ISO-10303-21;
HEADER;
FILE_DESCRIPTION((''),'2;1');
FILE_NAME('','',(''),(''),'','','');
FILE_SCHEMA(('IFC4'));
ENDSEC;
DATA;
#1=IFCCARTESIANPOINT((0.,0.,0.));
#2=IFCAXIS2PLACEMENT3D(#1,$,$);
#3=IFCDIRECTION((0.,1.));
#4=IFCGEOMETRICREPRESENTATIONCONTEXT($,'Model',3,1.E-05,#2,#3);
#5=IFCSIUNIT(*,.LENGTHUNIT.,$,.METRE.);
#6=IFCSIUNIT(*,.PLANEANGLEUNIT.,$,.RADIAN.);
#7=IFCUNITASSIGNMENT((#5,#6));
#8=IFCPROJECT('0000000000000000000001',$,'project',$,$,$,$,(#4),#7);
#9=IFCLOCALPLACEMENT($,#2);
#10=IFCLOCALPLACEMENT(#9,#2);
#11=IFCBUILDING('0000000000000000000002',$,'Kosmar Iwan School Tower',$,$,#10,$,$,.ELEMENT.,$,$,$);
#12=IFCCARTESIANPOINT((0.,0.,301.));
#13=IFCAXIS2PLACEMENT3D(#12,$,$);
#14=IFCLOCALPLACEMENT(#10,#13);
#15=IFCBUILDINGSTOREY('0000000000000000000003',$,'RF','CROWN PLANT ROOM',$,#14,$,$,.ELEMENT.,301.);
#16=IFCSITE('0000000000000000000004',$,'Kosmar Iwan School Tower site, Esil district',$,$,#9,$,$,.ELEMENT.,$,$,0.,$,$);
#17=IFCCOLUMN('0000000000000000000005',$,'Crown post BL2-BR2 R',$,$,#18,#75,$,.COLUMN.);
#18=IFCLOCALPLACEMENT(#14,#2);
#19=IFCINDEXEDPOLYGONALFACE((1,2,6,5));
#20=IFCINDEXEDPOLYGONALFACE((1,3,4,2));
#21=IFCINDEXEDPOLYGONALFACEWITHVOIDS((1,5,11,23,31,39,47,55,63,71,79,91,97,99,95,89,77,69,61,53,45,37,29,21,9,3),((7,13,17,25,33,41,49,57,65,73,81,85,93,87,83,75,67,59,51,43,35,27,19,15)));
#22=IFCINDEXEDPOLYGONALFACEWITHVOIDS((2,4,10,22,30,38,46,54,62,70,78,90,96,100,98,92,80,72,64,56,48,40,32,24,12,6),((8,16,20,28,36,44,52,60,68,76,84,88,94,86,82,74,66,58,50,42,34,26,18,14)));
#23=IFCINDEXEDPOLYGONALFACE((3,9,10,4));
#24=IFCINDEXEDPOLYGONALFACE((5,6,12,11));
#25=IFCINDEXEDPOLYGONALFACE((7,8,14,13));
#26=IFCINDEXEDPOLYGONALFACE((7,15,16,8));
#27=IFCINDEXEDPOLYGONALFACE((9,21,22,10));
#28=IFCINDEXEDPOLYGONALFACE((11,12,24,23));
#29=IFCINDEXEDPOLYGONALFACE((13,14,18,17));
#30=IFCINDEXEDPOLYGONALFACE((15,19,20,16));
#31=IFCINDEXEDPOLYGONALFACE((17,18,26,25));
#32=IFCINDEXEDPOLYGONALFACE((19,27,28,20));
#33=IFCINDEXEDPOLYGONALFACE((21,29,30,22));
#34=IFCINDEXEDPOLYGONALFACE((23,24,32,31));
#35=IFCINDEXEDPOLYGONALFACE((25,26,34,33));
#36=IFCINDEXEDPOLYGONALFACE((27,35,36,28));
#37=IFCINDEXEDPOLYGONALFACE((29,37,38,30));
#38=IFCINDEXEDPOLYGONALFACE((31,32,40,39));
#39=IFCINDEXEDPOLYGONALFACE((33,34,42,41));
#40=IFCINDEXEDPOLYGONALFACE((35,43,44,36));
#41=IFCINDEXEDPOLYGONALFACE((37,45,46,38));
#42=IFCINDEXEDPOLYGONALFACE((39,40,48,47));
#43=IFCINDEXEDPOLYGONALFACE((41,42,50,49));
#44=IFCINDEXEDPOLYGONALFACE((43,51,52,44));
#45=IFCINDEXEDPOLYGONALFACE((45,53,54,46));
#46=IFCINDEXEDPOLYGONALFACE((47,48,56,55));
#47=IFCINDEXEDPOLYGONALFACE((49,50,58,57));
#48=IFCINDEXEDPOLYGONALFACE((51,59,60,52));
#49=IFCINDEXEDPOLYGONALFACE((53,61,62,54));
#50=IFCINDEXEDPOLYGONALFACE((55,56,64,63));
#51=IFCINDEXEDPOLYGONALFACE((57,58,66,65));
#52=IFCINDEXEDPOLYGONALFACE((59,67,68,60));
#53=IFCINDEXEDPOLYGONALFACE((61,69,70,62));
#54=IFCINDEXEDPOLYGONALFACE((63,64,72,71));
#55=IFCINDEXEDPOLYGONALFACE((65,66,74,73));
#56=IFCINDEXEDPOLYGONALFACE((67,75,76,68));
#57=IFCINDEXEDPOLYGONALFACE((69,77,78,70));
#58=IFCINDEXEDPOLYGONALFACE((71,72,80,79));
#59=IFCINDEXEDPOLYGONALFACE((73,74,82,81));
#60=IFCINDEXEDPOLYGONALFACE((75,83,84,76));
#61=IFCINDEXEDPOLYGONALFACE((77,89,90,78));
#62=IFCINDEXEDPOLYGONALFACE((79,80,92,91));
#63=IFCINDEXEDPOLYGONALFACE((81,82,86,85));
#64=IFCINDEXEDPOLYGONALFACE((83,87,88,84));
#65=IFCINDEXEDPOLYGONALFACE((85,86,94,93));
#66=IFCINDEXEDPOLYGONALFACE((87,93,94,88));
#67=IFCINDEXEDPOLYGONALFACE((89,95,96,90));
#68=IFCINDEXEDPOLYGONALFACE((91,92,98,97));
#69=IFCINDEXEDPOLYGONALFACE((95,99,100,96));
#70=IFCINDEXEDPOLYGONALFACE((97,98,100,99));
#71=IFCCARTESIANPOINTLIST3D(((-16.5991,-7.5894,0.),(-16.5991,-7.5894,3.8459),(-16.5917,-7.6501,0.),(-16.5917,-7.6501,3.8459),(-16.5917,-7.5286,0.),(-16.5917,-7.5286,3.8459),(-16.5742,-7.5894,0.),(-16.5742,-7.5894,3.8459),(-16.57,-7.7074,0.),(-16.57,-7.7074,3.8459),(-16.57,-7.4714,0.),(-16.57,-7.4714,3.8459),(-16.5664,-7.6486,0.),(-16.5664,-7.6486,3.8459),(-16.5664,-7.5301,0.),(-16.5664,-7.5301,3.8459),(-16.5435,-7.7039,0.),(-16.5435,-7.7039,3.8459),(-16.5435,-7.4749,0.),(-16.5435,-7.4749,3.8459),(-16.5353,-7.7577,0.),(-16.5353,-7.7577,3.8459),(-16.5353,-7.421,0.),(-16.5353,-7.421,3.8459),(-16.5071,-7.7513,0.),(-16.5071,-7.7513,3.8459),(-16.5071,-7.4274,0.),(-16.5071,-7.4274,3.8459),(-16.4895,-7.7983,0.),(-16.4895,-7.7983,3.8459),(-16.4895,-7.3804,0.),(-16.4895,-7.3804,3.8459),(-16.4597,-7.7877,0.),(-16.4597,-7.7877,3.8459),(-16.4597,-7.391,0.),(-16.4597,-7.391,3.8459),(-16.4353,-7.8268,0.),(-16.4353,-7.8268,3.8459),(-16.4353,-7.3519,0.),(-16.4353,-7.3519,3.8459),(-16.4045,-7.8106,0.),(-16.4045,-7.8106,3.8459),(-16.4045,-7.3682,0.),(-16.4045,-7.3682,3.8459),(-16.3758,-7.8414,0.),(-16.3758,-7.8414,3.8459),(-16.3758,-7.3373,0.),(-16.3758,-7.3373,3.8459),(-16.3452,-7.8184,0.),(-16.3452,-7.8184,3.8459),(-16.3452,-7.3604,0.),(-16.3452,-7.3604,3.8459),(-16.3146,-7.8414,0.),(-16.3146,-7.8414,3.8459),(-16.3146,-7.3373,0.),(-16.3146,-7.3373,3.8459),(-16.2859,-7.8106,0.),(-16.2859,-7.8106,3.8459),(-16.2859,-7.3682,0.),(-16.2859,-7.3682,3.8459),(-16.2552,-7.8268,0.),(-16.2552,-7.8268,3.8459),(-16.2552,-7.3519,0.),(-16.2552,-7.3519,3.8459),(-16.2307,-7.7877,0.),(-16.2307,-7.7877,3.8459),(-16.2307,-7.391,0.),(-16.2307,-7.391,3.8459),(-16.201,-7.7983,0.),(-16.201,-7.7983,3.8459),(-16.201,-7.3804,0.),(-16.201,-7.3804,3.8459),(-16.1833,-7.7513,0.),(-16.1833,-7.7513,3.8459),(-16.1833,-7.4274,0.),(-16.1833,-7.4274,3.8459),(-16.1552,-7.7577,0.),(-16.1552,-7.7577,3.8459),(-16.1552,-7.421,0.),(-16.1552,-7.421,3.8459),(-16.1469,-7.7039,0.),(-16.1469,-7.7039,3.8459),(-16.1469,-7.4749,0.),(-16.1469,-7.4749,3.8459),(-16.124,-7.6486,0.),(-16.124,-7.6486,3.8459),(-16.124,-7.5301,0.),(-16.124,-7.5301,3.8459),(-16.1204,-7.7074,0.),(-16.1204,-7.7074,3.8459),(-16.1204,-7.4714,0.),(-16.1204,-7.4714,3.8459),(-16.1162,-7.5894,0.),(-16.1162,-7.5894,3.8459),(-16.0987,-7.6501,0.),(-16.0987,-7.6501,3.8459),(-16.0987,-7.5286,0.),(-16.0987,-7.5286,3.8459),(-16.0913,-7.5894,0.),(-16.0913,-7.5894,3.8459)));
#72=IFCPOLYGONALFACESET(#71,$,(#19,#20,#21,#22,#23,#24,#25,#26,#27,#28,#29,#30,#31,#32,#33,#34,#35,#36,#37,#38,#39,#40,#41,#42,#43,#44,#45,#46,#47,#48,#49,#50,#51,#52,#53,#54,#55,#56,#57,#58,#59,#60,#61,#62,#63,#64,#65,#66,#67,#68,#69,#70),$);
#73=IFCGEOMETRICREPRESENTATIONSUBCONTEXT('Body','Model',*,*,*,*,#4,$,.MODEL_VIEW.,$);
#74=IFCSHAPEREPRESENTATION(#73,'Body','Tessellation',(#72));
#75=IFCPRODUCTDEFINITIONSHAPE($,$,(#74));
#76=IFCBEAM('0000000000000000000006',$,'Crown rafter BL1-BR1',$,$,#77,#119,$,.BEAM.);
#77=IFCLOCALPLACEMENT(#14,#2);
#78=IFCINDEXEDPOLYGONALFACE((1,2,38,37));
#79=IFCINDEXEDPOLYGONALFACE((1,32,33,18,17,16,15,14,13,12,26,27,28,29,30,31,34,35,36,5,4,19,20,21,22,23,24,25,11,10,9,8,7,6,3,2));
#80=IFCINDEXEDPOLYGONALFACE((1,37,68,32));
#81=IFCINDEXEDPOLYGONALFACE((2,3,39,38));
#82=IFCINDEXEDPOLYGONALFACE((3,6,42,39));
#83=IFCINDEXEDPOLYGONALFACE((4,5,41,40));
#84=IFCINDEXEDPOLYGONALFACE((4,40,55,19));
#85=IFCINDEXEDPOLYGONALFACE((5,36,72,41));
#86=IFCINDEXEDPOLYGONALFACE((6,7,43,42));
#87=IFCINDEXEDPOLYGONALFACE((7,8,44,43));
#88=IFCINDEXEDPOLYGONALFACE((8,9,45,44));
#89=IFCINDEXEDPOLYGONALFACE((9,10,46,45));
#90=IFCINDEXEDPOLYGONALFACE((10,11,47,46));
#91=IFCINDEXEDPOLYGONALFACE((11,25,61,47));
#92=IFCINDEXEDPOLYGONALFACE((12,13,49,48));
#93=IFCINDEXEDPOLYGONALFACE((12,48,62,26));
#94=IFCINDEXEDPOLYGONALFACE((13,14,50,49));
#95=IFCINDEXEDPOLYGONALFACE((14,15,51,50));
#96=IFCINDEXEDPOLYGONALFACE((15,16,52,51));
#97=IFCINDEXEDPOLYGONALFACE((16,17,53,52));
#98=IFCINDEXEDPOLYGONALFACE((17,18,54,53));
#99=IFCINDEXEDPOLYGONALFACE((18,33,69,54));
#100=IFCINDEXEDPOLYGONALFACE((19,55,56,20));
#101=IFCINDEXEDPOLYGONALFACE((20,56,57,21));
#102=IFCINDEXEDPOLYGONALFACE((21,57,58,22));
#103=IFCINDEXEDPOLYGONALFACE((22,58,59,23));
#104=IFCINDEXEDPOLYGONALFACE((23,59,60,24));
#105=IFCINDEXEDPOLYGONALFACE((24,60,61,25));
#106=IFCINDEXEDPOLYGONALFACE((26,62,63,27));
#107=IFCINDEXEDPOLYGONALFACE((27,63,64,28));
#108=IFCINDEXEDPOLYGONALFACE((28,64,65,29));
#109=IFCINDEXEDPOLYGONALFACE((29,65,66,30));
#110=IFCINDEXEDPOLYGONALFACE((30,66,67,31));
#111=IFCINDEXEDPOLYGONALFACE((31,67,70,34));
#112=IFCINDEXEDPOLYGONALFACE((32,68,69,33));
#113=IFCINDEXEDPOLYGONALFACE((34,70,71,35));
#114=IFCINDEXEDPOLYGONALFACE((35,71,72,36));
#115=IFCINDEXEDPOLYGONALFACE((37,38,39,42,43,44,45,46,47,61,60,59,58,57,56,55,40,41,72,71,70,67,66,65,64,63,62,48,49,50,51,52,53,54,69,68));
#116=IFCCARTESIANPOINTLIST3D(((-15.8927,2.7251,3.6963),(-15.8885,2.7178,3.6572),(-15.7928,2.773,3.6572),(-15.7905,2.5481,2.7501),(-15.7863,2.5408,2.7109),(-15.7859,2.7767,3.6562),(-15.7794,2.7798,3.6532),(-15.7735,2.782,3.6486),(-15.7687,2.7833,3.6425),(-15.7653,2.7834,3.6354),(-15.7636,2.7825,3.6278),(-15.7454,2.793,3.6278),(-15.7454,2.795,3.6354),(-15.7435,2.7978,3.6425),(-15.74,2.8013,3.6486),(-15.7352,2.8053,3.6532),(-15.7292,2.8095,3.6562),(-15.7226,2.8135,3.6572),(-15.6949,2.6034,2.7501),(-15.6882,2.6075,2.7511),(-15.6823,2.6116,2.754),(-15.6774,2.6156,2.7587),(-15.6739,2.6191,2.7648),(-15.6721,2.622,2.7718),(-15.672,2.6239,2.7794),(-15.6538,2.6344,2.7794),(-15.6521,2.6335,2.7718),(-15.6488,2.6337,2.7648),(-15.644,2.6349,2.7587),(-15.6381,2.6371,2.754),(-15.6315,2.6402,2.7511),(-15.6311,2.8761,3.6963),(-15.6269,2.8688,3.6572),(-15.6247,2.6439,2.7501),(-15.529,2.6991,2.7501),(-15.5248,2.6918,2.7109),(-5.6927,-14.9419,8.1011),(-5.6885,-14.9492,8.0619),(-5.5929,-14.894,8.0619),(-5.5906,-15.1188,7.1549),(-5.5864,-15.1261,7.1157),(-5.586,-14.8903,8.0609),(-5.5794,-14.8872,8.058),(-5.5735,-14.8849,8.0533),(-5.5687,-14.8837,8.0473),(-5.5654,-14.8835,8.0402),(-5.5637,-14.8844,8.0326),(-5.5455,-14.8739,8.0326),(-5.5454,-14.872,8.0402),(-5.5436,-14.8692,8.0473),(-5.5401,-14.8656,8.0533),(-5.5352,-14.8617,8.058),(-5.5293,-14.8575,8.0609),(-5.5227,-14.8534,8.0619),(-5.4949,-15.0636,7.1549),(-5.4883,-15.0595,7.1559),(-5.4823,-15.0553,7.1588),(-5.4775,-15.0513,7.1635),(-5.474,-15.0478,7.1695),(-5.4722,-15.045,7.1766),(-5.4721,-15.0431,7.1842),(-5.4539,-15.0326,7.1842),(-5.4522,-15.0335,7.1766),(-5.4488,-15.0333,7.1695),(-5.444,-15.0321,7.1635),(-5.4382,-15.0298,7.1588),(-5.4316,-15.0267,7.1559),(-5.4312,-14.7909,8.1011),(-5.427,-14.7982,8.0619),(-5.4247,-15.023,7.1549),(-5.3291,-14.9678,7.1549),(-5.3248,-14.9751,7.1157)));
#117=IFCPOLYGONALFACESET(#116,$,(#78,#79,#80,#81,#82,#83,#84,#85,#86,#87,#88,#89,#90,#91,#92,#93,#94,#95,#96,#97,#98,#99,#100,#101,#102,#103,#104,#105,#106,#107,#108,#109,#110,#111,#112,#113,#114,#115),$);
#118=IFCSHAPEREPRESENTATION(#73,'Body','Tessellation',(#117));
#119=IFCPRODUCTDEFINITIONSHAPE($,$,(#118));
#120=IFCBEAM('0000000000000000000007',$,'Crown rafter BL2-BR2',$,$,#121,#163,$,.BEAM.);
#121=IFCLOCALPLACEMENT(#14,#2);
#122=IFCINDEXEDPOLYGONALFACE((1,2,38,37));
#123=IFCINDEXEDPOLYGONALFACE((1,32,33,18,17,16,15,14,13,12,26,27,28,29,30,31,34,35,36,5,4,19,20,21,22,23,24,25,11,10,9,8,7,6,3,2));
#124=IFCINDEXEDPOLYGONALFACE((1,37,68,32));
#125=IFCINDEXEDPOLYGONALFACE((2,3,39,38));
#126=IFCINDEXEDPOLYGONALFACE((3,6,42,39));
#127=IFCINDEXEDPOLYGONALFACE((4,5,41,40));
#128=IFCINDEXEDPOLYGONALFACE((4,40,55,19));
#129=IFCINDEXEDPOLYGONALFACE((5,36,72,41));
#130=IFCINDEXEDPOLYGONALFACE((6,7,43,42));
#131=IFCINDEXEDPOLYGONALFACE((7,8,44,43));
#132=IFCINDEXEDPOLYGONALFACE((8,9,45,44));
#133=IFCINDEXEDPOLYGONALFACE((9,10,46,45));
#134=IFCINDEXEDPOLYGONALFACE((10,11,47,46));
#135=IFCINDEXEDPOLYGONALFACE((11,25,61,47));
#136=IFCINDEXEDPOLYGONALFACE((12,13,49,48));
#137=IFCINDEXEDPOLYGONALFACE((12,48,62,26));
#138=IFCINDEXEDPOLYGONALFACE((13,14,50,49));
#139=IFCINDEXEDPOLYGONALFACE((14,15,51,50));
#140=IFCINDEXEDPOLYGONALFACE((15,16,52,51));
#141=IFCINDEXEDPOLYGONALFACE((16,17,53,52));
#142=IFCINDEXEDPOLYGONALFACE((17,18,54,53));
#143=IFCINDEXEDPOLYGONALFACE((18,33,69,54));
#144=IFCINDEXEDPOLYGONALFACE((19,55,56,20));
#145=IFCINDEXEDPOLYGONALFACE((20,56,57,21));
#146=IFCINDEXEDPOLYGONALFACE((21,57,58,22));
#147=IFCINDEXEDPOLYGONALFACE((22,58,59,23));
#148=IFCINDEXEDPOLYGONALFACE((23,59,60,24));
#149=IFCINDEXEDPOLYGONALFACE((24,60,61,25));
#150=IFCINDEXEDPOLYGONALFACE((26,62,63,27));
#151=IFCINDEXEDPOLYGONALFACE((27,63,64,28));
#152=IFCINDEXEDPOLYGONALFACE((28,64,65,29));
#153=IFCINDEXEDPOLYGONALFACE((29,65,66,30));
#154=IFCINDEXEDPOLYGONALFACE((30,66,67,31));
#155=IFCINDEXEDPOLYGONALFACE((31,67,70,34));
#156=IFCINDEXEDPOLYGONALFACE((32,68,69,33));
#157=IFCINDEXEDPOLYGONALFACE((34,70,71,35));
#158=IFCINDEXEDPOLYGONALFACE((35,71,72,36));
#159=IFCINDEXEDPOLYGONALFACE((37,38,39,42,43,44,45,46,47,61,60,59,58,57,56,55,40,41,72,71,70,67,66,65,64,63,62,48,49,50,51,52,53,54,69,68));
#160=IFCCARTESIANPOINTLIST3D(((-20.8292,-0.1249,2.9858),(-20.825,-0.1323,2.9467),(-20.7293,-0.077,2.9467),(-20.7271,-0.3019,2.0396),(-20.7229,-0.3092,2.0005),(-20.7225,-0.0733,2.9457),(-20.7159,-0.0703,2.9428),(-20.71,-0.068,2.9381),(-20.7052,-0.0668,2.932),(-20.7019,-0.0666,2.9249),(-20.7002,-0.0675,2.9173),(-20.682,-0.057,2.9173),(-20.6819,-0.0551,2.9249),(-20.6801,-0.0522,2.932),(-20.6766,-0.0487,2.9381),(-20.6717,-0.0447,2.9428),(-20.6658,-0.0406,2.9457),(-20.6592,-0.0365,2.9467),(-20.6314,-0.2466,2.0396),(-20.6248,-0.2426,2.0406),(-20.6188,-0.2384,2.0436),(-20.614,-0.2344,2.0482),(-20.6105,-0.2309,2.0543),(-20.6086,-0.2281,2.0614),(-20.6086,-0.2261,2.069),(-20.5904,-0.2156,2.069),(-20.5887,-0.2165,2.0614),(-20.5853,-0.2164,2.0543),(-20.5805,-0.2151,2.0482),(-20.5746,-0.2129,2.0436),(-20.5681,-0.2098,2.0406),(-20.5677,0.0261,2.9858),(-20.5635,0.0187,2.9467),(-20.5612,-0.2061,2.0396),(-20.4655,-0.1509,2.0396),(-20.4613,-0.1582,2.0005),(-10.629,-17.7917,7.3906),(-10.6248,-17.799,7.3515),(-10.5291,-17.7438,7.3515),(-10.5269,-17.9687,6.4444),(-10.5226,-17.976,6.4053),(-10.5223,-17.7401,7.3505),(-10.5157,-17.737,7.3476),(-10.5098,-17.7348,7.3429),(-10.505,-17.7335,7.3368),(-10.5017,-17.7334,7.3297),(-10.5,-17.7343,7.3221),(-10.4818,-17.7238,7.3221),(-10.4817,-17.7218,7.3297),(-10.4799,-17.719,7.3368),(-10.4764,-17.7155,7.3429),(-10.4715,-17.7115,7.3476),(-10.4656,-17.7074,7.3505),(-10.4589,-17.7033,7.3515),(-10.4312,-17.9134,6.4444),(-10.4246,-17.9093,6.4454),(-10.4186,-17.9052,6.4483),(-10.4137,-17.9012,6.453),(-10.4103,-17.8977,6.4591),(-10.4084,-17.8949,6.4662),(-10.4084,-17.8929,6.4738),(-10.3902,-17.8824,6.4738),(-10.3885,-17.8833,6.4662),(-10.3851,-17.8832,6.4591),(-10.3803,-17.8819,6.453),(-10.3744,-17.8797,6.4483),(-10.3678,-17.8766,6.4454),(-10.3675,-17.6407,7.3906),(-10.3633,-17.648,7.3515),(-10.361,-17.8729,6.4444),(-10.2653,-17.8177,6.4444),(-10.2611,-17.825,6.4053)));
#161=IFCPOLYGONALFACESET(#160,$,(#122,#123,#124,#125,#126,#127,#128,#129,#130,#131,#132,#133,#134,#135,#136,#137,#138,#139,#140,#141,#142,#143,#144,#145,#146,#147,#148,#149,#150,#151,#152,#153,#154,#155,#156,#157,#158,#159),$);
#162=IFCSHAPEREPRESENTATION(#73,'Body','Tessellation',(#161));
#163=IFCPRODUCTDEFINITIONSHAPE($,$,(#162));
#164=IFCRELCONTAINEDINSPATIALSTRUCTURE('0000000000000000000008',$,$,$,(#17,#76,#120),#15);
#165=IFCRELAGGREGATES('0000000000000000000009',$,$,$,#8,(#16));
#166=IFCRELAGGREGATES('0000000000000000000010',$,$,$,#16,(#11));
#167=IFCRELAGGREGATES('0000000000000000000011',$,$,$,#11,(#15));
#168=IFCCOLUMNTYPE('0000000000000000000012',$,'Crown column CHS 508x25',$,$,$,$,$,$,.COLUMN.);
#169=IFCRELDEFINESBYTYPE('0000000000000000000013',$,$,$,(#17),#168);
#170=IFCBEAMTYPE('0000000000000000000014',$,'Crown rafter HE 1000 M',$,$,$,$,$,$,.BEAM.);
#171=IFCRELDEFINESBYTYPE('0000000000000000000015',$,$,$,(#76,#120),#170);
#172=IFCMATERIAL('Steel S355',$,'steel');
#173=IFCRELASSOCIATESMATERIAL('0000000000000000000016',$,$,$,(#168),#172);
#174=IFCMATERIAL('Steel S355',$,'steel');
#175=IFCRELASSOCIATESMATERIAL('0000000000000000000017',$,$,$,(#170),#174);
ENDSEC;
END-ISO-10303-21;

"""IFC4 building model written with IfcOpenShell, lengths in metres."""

from ifc_helpers import new_model, si_unit, direction, frame, origin, origin_2d, place, context, subcontext, project, spatial, hollow_circle, i_section, extrude, material, material_profile, profile_set, type_object, element, save


model = new_model("IFC4")

# Units and contexts
model_context = context("Model", 3, precision=1e-05, world=origin(), true_north=direction((0.0, 1.0)))
body_context = subcontext(model_context, "Body", "Model", "MODEL_VIEW")
ifc_project = project(units=[si_unit("LENGTHUNIT", "METRE"), si_unit("PLANEANGLEUNIT", "RADIAN")], contexts=[model_context])

# Site, building, storey
site_placement = place(None, origin())
site = spatial("IfcSite", under=ifc_project, at=site_placement, Name="Kosmar Iwan School Tower site, Esil district", CompositionType="ELEMENT", RefElevation=0.0)
building_placement = place(site_placement, origin())
building = spatial("IfcBuilding", under=site, at=building_placement, Name="Kosmar Iwan School Tower", CompositionType="ELEMENT")
storey_placement = place(building_placement, frame((0.0, 0.0, 301.0)))
storey = spatial("IfcBuildingStorey", under=building, at=storey_placement, Name="RF", Description="CROWN PLANT ROOM", CompositionType="ELEMENT", Elevation=301.0)

# Column
ifc_material_1 = material(Name="Steel S355", Category="steel")
ifc_material_profile_1 = material_profile(ifc_material_1, hollow_circle(Radius=0.2539, WallThickness=0.0249, at=origin_2d()), Name="CHS 508x25")
ifc_profile_set_1 = profile_set([ifc_material_profile_1], Name="Steel S355")
column_type = type_object("IfcColumnType", Name="Crown column CHS 508x25", PredefinedType="COLUMN", material=ifc_profile_set_1)
column_1_placement = place(storey_placement, frame((-16.3452, -7.5894, 0.0), z_axis=(0.0, 0.0, 1.0), x_axis=(1.0, 0.0, 0.0)))
element("IfcColumn", 1, at=column_1_placement, inside=storey, type_object=column_type, Name="Crown post BL2-BR2 R", PredefinedType="COLUMN", context=body_context, shape_type="SweptSolid", body=[
    extrude(hollow_circle(Radius=0.2539, WallThickness=0.0249, at=origin_2d()), origin(), (0.0, 0.0, 1.0), 3.8459),
])

# Beams
ifc_material_2 = material(Name="Steel S355", Category="steel")
ifc_material_profile_2 = material_profile(ifc_material_2, i_section(OverallWidth=0.302, OverallDepth=1.0081, WebThickness=0.021, FlangeThickness=0.04, FilletRadius=0.03, at=origin_2d()), Name="HE 1000 M")
ifc_profile_set_2 = profile_set([ifc_material_profile_2], Name="Steel S355")
beam_type_1 = type_object("IfcBeamType", Name="Crown rafter HE 1000 M", PredefinedType="BEAM", material=ifc_profile_set_2)
for number, where, z_axis, x_axis, name in (
    (2, (-5.5088, -14.9585, 7.6084), (-0.488734, 0.846519, -0.211057), (-0.866027, -0.499997, 0.0), "Crown rafter BL1-BR1"),
    (3, (-10.4451, -17.8083, 6.8979), (-0.488747, 0.846511, -0.211057), (-0.866019, -0.500011, 0.0), "Crown rafter BL2-BR2"),
):
    element("IfcBeam", number, at=place(storey_placement, frame(where, z_axis=z_axis, x_axis=x_axis)), inside=storey, type_object=beam_type_1, Name=name, PredefinedType="BEAM", context=body_context, shape_type="SweptSolid", body=[
        extrude(i_section(OverallWidth=0.302, OverallDepth=1.0081, WebThickness=0.021, FlangeThickness=0.04, FilletRadius=0.03, at=origin_2d()), origin(), (0.0, 0.0, 1.0), 20.8701),
    ])

save(model, "model.ifc")
